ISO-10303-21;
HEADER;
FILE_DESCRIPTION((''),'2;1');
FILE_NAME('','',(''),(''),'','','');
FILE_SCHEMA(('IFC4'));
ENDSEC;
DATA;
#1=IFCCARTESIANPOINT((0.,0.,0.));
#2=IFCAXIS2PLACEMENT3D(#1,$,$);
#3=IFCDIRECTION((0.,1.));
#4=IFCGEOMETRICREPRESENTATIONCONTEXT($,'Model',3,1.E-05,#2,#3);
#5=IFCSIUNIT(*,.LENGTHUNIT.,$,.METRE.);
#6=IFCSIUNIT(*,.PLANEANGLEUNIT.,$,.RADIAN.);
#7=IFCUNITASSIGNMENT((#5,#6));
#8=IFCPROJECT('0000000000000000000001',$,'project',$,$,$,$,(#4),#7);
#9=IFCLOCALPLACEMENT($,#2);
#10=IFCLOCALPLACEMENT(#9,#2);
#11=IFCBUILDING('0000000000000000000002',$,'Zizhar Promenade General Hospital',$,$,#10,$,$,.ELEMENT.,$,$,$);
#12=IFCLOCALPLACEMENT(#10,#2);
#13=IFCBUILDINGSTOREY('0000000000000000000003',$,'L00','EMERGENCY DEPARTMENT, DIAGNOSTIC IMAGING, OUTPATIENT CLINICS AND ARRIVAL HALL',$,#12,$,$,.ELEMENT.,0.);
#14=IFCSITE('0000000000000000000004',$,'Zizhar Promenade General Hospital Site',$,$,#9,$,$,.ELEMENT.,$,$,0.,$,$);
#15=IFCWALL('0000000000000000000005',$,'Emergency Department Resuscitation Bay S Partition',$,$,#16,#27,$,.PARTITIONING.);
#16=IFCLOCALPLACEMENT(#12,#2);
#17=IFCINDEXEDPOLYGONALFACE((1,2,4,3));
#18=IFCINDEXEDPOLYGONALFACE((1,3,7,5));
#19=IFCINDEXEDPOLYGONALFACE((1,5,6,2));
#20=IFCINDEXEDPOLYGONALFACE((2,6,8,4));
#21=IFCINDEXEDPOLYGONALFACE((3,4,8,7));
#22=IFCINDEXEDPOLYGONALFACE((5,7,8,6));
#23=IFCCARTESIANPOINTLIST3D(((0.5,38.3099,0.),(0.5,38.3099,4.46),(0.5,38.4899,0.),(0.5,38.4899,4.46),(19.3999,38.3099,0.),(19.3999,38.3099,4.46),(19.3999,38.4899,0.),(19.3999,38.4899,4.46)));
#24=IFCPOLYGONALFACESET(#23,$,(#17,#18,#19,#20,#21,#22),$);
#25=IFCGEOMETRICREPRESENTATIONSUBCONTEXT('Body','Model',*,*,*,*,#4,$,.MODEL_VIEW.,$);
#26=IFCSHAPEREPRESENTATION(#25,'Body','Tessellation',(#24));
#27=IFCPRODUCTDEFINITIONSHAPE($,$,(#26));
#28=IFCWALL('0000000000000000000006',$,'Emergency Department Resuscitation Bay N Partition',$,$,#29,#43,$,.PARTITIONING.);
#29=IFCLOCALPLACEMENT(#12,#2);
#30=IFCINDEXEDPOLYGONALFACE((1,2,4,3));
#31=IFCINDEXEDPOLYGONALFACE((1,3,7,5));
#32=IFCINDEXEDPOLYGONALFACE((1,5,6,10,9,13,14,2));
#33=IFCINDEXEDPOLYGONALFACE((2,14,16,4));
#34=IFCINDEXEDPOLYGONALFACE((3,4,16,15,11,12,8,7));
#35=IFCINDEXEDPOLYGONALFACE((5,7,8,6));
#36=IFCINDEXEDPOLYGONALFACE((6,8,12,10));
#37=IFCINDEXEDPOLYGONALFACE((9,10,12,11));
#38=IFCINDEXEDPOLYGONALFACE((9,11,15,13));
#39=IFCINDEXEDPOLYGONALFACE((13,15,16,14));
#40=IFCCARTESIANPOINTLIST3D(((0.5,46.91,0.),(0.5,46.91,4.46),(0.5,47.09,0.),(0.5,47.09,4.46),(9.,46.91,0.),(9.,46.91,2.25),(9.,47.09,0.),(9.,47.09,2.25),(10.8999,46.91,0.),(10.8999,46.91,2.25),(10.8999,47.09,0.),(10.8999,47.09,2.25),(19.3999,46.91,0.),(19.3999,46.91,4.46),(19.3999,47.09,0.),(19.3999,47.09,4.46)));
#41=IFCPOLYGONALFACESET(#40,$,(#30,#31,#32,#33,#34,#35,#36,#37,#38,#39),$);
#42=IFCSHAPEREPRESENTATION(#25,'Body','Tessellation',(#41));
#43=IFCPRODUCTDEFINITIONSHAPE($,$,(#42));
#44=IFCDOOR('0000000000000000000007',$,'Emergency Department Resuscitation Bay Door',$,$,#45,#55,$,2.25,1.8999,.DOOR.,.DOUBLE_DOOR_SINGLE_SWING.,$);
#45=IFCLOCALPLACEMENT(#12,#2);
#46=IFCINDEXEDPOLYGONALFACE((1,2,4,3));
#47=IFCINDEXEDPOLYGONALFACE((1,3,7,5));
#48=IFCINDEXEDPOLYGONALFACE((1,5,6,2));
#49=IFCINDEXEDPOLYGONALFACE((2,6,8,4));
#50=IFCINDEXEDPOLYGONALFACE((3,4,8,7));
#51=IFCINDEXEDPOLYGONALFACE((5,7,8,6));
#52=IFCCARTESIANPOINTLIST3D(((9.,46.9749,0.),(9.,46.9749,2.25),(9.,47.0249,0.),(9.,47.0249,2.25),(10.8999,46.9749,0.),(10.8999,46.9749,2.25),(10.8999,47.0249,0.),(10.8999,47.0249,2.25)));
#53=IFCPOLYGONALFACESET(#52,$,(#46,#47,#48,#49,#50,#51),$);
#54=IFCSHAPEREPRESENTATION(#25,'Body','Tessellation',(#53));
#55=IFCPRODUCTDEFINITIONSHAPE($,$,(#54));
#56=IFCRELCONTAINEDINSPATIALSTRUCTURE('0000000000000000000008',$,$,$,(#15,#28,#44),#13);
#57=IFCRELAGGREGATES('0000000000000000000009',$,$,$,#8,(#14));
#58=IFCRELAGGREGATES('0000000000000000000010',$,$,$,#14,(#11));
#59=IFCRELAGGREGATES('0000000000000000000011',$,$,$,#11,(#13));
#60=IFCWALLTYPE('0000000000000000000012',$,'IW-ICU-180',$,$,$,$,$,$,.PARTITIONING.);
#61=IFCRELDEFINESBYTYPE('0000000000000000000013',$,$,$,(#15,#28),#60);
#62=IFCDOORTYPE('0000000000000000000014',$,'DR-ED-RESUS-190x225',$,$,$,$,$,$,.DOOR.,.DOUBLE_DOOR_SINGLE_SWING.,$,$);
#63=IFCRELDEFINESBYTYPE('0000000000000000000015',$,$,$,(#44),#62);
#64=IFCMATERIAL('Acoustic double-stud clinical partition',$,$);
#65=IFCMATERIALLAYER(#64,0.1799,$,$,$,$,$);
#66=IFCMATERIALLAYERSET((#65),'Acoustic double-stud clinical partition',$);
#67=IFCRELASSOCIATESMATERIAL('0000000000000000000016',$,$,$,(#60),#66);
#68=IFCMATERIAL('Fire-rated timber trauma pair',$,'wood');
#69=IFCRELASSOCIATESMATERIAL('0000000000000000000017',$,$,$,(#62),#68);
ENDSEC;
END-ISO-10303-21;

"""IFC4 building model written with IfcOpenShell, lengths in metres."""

from ifc_helpers import new_model, si_unit, direction, frame, frame_2d, origin, place, context, subcontext, project, spatial, rectangle, extrude, material, layer, layer_set, type_object, element, fill, save


model = new_model("IFC4")

# Units and contexts
model_context = context("Model", 3, precision=1e-05, world=origin(), true_north=direction((0.0, 1.0)))
body_context = subcontext(model_context, "Body", "Model", "MODEL_VIEW")
ifc_project = project(units=[si_unit("LENGTHUNIT", "METRE"), si_unit("PLANEANGLEUNIT", "RADIAN")], contexts=[model_context])

# Site, building, storey
site_placement = place(None, origin())
site = spatial("IfcSite", under=ifc_project, at=site_placement, Name="Zizhar Promenade General Hospital Site", CompositionType="ELEMENT", RefElevation=0.0)
building_placement = place(site_placement, origin())
building = spatial("IfcBuilding", under=site, at=building_placement, Name="Zizhar Promenade General Hospital", CompositionType="ELEMENT")
storey_placement = place(building_placement, origin())
storey = spatial("IfcBuildingStorey", under=building, at=storey_placement, Name="L00", Description="EMERGENCY DEPARTMENT, DIAGNOSTIC IMAGING, OUTPATIENT CLINICS AND ARRIVAL HALL", CompositionType="ELEMENT", Elevation=0.0)

# Wall
ifc_material_1 = material(Name="Acoustic double-stud clinical partition")
ifc_layer_1 = layer(ifc_material_1, 0.1799)
ifc_layer_set_1 = layer_set([ifc_layer_1], Name="Acoustic double-stud clinical partition")
wall_type_1 = type_object("IfcWallType", Name="IW-ICU-180", PredefinedType="PARTITIONING", material=ifc_layer_set_1)
wall_1_placement = place(storey_placement, frame((0.5, 38.3999, 0.0), z_axis=(0.0, 0.0, 1.0), x_axis=(1.0, 0.0, 0.0)))
element("IfcWall", 1, at=wall_1_placement, inside=storey, type_object=wall_type_1, Name="Emergency Department Resuscitation Bay S Partition", PredefinedType="PARTITIONING", context=body_context, shape_type="SweptSolid", body=[
    extrude(rectangle(XDim=18.8999, YDim=0.1799, at=frame_2d((9.45, 0.0))), origin(), (0.0, 0.0, 1.0), 4.46),
])

# Wall, opening, door
wall_2_placement = place(storey_placement, frame((0.5, 47.0, 0.0), z_axis=(0.0, 0.0, 1.0), x_axis=(1.0, 0.0, 0.0)))
wall_2 = element("IfcWall", 2, at=wall_2_placement, inside=storey, type_object=wall_type_1, Name="Emergency Department Resuscitation Bay N Partition", PredefinedType="PARTITIONING", context=body_context, shape_type="SweptSolid", body=[
    extrude(rectangle(XDim=18.8999, YDim=0.1799, at=frame_2d((9.45, 0.0))), origin(), (0.0, 0.0, 1.0), 4.46),
])
opening_1_placement = place(wall_2_placement, frame((8.5, 0.0, 0.0)))
opening_1 = element("IfcOpeningElement", 3, at=opening_1_placement, cuts=wall_2, PredefinedType="OPENING", context=body_context, shape_type="SweptSolid", body=[
    extrude(rectangle(XDim=1.8999, YDim=2.25, at=frame_2d((0.95, 1.125))), frame((0.0, 0.1001, 0.0), z_axis=(0.0, -1.0, 0.0), x_axis=(1.0, 0.0, 0.0)), (0.0, 0.0, 1.0), 0.2),
])
ifc_material_2 = material(Name="Fire-rated timber trauma pair", Category="wood")
door_type_1 = type_object("IfcDoorType", Name="DR-ED-RESUS-190x225", OperationType="DOUBLE_DOOR_SINGLE_SWING", PredefinedType="DOOR", material=ifc_material_2)
door_1_placement = place(opening_1_placement, origin())
door_1 = element("IfcDoor", 4, at=door_1_placement, inside=storey, type_object=door_type_1, Name="Emergency Department Resuscitation Bay Door", OperationType="DOUBLE_DOOR_SINGLE_SWING", OverallHeight=2.25, OverallWidth=1.8999, PredefinedType="DOOR", context=body_context, shape_type="SweptSolid", body=[
    extrude(rectangle(XDim=1.8999, YDim=2.25, at=frame_2d((0.95, 1.125))), frame((0.0, 0.0249, 0.0), z_axis=(0.0, -1.0, 0.0), x_axis=(1.0, 0.0, 0.0)), (0.0, 0.0, 1.0), 0.05),
])
fill(opening_1, door_1)

save(model, "model.ifc")
